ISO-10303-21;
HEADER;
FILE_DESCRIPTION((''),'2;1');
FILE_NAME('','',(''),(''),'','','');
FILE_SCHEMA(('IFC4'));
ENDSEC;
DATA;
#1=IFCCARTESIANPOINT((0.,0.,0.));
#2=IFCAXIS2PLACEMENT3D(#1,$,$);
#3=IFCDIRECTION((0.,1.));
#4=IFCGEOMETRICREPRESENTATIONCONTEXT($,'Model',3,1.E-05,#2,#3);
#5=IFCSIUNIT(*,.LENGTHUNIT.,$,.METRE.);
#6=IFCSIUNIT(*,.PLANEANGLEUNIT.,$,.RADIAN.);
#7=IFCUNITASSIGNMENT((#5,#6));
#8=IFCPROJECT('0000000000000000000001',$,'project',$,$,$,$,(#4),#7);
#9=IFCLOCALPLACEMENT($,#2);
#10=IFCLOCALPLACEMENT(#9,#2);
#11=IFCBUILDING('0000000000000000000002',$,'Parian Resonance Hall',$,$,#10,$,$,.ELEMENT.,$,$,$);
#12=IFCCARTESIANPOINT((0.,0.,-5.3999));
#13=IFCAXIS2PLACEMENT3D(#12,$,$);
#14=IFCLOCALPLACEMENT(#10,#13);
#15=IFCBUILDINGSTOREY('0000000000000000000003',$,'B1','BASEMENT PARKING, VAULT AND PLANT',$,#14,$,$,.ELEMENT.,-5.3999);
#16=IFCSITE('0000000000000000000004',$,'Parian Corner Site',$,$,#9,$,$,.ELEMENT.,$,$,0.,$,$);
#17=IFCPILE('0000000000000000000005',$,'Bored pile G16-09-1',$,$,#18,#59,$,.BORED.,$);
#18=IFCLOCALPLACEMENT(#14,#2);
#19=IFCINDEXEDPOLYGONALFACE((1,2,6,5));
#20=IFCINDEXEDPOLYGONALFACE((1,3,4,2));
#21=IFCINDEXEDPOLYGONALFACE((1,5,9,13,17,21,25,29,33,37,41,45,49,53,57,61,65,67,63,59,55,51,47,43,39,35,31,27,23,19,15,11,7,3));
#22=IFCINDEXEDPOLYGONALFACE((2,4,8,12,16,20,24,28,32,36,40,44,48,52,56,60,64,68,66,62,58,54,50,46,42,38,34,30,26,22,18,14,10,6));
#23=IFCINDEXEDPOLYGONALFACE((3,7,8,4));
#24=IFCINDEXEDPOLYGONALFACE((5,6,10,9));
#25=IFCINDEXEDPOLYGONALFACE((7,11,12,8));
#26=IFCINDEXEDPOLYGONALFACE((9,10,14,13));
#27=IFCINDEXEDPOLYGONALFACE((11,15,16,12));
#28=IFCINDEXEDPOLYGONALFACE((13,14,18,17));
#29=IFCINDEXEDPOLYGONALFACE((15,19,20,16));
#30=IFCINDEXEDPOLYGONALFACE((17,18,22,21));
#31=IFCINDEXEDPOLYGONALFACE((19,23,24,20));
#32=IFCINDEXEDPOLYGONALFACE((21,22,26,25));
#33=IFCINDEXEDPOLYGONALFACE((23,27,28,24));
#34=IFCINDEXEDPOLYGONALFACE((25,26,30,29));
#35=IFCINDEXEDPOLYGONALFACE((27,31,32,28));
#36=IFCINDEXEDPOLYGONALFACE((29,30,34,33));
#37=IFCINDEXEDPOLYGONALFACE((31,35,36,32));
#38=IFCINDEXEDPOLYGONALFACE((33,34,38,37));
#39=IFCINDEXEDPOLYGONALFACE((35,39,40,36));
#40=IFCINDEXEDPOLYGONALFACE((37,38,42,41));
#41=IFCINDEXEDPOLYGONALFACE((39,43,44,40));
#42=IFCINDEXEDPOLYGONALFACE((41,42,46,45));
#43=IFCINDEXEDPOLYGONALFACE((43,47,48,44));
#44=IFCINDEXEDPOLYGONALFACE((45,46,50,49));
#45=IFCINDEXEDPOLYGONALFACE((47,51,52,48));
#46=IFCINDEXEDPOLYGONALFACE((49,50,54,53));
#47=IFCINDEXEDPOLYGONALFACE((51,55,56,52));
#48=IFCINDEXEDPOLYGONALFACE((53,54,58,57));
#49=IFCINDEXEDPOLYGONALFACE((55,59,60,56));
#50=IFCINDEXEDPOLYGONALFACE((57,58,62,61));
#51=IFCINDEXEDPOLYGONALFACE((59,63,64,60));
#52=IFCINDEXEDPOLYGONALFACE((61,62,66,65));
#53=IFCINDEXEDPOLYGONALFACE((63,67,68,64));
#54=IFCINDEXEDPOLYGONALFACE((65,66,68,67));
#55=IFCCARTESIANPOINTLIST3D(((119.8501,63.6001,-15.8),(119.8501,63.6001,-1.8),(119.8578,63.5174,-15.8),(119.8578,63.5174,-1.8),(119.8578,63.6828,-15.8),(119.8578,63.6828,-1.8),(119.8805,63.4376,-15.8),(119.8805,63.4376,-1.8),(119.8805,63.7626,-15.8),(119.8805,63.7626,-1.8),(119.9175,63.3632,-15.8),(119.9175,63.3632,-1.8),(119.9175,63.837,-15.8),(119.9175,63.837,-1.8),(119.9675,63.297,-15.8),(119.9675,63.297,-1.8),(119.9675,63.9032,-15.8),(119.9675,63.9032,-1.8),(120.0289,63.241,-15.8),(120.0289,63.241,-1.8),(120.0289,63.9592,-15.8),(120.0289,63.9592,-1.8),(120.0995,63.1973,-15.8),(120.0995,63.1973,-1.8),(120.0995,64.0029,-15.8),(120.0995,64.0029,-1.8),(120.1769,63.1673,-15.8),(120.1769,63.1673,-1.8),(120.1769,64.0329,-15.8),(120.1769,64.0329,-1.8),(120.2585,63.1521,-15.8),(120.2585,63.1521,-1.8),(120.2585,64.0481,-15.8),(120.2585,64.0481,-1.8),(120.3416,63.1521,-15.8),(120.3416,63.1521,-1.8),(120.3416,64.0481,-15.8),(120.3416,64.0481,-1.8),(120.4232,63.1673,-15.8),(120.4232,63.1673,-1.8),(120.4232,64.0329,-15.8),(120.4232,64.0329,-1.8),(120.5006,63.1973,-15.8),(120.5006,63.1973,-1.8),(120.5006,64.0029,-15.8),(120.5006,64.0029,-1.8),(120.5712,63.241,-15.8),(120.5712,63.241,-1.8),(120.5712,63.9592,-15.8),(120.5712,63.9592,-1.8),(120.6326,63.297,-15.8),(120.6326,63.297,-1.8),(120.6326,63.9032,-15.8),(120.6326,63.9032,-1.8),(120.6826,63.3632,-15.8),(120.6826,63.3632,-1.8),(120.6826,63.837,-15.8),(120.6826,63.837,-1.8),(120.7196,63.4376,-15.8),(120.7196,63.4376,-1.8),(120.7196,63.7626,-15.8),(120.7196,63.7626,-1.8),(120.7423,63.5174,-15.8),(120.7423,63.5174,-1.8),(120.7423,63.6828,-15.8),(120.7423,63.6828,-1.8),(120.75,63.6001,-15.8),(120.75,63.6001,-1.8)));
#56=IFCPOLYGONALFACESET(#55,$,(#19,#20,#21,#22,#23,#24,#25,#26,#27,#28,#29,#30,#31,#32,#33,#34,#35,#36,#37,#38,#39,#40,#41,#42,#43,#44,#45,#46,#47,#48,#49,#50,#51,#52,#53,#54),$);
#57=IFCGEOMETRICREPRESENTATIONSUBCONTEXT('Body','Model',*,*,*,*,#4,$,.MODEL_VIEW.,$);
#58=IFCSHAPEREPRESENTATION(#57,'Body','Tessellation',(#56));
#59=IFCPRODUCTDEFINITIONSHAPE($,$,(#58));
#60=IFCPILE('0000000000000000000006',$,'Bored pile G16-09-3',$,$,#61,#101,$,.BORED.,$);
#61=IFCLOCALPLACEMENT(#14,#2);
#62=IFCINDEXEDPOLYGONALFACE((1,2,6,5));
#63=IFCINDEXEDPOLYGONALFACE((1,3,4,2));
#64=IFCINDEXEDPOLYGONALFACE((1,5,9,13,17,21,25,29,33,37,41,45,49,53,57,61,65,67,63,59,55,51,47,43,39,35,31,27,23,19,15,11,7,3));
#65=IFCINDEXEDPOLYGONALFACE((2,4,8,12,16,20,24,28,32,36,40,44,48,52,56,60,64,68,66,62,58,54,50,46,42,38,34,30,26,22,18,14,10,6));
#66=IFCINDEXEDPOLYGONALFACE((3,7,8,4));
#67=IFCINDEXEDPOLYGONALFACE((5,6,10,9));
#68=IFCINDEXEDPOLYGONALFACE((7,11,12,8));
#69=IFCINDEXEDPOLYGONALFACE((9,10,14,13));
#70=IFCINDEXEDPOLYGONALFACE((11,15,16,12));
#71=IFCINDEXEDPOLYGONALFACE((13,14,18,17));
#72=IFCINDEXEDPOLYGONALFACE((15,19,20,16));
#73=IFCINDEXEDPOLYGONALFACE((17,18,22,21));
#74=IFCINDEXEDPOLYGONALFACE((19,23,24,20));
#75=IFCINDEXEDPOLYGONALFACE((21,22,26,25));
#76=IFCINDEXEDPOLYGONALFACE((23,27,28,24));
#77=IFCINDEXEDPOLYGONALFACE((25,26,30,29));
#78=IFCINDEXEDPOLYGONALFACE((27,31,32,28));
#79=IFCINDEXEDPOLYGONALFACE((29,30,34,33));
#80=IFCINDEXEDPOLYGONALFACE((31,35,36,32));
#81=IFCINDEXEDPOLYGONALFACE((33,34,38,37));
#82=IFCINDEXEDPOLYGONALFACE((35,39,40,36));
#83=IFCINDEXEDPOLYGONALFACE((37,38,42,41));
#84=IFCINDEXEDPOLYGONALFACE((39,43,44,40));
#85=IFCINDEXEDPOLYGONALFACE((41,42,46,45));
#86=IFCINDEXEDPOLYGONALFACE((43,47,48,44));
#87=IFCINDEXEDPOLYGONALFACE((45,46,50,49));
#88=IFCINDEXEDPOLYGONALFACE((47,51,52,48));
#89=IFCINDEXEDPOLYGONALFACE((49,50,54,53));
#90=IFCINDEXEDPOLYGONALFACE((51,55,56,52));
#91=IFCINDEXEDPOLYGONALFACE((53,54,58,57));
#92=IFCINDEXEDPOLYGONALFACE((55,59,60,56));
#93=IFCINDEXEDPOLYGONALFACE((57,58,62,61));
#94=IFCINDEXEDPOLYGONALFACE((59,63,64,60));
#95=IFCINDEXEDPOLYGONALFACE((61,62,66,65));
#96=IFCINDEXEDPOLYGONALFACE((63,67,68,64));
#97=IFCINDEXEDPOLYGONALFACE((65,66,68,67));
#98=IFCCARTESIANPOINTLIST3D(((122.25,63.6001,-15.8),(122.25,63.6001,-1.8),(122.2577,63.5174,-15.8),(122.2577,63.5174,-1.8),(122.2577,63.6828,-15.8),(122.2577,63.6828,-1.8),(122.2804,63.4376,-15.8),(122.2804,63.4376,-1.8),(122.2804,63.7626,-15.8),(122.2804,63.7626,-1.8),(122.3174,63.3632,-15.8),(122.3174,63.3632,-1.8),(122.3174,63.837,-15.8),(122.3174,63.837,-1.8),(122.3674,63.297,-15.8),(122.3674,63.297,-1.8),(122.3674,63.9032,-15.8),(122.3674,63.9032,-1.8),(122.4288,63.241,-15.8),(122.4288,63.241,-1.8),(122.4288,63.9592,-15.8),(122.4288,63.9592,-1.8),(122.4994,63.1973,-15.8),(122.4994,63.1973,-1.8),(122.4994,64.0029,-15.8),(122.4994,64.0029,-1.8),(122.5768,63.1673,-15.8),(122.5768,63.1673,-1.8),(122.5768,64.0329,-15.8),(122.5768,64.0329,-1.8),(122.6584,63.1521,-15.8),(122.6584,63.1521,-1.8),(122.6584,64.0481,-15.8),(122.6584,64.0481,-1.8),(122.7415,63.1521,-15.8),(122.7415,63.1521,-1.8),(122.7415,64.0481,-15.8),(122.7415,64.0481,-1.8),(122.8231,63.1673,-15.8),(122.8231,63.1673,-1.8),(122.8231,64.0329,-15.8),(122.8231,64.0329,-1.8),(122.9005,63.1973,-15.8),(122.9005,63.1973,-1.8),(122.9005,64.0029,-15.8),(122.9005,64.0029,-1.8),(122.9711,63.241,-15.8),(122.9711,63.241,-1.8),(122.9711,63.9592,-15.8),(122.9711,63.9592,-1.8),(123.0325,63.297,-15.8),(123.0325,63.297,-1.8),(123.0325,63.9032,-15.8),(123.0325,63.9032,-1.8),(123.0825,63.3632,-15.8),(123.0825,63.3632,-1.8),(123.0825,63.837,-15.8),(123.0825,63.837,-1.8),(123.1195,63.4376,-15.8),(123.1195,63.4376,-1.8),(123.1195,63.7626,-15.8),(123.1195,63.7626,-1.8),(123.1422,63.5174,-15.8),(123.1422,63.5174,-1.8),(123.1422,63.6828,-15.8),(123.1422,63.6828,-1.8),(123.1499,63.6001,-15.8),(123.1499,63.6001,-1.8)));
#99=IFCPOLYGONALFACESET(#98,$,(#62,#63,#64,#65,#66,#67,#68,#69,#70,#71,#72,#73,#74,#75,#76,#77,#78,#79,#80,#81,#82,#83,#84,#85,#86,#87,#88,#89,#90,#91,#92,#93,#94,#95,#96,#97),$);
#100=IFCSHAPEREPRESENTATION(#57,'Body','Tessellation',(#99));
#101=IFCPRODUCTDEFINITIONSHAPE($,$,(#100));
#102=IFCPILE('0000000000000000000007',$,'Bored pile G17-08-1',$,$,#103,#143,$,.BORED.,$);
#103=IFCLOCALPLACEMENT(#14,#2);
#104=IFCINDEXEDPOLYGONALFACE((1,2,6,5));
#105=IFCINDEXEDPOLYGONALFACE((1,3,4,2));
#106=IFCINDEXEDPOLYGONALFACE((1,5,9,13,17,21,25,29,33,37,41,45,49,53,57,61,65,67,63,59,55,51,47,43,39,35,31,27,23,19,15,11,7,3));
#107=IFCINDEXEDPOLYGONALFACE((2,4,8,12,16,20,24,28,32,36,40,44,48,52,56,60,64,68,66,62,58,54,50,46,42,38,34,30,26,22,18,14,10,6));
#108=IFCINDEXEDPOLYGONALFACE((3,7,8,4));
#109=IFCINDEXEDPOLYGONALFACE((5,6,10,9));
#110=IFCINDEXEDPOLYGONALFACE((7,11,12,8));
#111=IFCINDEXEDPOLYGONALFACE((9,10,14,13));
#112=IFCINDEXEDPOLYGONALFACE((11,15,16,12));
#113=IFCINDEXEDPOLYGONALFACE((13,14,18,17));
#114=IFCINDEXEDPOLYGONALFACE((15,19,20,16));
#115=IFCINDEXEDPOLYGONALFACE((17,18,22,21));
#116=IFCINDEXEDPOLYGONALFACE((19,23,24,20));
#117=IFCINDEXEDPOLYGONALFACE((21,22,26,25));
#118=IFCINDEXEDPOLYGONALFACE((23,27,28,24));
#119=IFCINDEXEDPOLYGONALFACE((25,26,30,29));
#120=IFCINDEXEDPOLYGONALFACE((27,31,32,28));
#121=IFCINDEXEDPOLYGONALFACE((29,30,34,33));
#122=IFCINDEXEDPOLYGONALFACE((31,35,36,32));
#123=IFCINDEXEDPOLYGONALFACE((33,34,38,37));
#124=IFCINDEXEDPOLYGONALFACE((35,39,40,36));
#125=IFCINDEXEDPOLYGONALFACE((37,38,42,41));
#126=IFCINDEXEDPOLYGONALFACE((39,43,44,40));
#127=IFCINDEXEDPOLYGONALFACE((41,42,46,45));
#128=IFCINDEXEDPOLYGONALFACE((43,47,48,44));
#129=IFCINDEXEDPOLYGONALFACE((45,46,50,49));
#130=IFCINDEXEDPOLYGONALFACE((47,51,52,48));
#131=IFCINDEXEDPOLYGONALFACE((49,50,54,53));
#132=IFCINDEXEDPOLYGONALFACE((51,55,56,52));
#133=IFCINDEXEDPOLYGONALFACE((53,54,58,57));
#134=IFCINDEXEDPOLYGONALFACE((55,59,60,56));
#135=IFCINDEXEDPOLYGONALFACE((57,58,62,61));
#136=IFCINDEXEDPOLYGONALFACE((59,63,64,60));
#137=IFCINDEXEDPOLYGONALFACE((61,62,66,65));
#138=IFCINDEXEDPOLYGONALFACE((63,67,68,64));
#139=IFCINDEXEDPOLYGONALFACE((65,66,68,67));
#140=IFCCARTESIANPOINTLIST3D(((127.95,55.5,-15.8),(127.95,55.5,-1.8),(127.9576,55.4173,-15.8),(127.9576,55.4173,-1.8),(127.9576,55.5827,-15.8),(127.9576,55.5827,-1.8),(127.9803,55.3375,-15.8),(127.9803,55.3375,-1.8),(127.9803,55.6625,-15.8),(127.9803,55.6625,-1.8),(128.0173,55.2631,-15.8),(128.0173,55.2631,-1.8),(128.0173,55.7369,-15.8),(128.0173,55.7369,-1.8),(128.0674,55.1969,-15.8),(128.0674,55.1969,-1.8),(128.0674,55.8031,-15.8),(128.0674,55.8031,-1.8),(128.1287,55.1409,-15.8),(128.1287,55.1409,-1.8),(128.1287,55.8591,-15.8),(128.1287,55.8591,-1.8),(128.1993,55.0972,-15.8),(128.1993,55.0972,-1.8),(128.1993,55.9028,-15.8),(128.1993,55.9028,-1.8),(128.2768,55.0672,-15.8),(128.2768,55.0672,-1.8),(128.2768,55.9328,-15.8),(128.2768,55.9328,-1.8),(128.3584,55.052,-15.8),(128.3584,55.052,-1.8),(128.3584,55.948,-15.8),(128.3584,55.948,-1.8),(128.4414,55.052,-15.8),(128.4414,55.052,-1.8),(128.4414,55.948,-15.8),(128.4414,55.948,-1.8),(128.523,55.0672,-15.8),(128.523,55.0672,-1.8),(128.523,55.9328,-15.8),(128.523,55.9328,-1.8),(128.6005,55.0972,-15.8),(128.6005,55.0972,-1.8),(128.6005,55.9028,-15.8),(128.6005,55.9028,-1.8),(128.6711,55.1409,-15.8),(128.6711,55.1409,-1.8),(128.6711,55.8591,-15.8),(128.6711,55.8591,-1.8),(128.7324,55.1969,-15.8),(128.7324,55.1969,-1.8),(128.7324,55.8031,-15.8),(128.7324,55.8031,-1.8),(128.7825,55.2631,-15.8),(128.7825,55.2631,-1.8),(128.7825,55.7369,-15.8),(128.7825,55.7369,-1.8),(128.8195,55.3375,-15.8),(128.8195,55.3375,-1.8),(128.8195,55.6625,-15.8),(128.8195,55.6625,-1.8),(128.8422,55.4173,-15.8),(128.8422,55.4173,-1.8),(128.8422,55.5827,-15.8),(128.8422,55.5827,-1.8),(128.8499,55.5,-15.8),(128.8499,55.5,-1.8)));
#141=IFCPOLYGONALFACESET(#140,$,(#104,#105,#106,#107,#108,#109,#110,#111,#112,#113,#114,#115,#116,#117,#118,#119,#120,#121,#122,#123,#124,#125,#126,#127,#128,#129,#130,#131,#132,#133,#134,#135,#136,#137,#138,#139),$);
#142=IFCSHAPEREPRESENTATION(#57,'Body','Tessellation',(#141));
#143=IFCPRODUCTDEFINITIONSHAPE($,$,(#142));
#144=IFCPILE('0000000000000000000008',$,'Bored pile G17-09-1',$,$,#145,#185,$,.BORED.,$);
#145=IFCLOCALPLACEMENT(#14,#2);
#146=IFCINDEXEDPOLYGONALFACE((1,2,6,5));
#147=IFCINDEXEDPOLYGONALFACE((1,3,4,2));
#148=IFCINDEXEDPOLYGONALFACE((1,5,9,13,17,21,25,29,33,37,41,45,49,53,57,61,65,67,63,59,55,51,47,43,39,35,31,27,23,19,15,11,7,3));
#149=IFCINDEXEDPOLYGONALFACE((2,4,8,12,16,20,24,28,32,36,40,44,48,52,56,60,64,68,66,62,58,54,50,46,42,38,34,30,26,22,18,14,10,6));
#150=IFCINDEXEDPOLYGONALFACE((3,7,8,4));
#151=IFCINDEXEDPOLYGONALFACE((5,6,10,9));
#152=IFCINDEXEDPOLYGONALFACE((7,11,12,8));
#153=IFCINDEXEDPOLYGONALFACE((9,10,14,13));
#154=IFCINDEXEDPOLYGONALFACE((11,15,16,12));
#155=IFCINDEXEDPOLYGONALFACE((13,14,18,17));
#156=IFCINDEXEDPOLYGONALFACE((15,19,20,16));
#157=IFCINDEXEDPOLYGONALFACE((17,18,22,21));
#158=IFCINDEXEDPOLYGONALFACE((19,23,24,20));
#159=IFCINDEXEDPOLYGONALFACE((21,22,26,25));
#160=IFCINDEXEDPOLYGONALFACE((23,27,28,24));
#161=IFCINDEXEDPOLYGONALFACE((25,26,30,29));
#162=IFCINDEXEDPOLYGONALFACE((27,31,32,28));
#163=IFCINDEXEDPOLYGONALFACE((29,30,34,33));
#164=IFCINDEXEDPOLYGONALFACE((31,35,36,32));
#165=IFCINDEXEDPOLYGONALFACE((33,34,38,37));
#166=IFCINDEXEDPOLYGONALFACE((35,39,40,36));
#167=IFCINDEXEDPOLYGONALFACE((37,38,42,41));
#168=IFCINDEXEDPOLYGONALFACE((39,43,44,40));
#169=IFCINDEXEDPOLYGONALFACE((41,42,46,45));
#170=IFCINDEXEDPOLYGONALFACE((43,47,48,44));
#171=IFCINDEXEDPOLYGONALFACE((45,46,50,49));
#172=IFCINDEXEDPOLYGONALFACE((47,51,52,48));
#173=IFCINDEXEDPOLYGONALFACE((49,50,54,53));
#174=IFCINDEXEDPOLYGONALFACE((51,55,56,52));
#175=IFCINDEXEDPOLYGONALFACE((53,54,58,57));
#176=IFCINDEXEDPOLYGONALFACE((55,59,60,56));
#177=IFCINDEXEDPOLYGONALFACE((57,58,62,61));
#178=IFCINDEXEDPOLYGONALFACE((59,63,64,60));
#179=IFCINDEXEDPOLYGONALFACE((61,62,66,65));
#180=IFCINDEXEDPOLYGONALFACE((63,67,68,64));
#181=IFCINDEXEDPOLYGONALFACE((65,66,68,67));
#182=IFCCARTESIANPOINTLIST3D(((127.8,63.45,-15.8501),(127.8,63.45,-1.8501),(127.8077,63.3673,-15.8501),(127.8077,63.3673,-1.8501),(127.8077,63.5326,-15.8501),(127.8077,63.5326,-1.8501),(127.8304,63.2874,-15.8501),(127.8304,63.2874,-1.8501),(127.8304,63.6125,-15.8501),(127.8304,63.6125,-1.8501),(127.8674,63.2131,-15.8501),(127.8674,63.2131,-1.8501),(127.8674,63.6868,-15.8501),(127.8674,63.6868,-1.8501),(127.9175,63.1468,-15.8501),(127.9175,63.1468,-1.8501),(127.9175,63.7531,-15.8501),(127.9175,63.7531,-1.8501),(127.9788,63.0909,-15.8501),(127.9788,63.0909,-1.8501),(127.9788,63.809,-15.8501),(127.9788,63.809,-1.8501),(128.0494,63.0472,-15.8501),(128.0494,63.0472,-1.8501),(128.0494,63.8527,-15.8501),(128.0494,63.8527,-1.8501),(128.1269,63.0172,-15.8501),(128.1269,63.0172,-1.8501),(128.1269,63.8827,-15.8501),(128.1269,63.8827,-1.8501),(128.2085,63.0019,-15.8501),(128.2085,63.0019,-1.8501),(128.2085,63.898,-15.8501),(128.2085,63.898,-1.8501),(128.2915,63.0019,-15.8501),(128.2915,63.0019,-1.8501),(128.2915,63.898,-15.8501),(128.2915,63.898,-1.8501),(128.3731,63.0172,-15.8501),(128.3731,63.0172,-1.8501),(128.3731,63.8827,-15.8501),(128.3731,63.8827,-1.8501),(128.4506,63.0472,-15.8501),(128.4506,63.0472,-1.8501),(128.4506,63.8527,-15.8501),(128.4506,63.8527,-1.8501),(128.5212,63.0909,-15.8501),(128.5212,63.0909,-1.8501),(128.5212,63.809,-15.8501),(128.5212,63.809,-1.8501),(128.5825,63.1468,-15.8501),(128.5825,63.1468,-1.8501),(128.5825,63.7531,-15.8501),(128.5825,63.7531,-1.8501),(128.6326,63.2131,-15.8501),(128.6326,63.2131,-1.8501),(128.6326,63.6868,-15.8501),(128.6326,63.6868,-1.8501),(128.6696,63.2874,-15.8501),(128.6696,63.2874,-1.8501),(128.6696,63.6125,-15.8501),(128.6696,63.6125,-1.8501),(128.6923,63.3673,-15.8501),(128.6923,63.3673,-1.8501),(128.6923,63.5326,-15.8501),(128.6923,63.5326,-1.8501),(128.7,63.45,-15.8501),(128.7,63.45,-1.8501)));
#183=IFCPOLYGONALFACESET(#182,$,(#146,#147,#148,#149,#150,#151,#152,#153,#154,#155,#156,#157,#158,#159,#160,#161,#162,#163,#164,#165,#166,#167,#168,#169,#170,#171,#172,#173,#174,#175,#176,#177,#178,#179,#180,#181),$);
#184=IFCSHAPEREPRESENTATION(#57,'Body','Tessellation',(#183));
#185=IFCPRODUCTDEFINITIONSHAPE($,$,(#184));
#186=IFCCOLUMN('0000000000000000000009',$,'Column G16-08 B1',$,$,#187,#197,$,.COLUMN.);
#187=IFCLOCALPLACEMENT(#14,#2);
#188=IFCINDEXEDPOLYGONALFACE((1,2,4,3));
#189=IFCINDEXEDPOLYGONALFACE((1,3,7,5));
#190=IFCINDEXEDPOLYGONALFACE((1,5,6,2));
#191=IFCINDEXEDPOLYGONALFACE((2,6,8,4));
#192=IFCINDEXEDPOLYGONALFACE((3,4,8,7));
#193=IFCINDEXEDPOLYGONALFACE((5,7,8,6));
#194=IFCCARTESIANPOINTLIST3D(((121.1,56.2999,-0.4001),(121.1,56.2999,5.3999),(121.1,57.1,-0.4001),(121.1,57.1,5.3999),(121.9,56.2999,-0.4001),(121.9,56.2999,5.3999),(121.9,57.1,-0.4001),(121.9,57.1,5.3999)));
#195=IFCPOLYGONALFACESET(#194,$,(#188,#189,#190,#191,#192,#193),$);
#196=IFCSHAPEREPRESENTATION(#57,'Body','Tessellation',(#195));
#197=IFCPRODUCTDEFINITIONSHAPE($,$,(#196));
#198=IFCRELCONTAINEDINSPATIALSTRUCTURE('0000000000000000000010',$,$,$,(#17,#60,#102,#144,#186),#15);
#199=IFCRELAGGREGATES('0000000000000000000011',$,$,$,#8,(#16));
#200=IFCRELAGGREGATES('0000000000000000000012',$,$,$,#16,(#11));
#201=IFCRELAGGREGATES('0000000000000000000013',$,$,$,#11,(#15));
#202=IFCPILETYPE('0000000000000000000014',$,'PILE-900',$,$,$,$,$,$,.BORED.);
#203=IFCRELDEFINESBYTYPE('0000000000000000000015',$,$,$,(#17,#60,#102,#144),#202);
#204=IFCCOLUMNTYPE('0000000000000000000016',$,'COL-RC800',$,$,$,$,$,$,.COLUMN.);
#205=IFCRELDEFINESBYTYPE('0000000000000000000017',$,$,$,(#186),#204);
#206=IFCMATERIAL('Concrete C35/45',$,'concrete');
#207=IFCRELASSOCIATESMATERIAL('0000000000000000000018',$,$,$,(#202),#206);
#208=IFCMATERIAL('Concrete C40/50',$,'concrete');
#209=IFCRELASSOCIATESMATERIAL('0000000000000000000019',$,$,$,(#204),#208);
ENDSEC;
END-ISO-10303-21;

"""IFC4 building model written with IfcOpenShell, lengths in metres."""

from ifc_helpers import new_model, si_unit, direction, frame, origin, origin_2d, place, context, subcontext, project, spatial, rectangle, circle, extrude, material, material_profile, profile_set, type_object, element, save


model = new_model("IFC4")

# Units and contexts
model_context = context("Model", 3, precision=1e-05, world=origin(), true_north=direction((0.0, 1.0)))
body_context = subcontext(model_context, "Body", "Model", "MODEL_VIEW")
ifc_project = project(units=[si_unit("LENGTHUNIT", "METRE"), si_unit("PLANEANGLEUNIT", "RADIAN")], contexts=[model_context])

# Site, building, storey
site_placement = place(None, origin())
site = spatial("IfcSite", under=ifc_project, at=site_placement, Name="Parian Corner Site", CompositionType="ELEMENT", RefElevation=0.0)
building_placement = place(site_placement, origin())
building = spatial("IfcBuilding", under=site, at=building_placement, Name="Parian Resonance Hall", CompositionType="ELEMENT")
storey_placement = place(building_placement, frame((0.0, 0.0, -5.3999)))
storey = spatial("IfcBuildingStorey", under=building, at=storey_placement, Name="B1", Description="BASEMENT PARKING, VAULT AND PLANT", CompositionType="ELEMENT", Elevation=-5.3999)

# Piles
ifc_material_1 = material(Name="Concrete C35/45", Category="concrete")
ifc_material_profile_1 = material_profile(ifc_material_1, circle(Radius=0.45, at=origin_2d()), Name="PILE-D900")
ifc_profile_set_1 = profile_set([ifc_material_profile_1], Name="Concrete C35/45")
pile_type_1 = type_object("IfcPileType", Name="PILE-900", PredefinedType="BORED", material=ifc_profile_set_1)
for number, where, z_axis, x_axis, name in (
    (1, (120.3, 63.6001, -1.8), (0.0, 0.0, -1.0), (1.0, 0.0, 0.0), "Bored pile G16-09-1"),
    (2, (122.7, 63.6001, -1.8), (0.0, 0.0, -1.0), (1.0, 0.0, 0.0), "Bored pile G16-09-3"),
    (3, (128.3999, 55.5, -1.8), (0.0, 0.0, -1.0), (1.0, 0.0, 0.0), "Bored pile G17-08-1"),
    (4, (128.25, 63.45, -1.8501), (0.0, 0.0, -1.0), (1.0, 0.0, 0.0), "Bored pile G17-09-1"),
):
    element("IfcPile", number, at=place(storey_placement, frame(where, z_axis=z_axis, x_axis=x_axis)), inside=storey, type_object=pile_type_1, Name=name, PredefinedType="BORED", context=body_context, shape_type="SweptSolid", body=[
        extrude(circle(Radius=0.45, at=origin_2d()), origin(), (0.0, 0.0, 1.0), 14.0),
    ])

# Column
ifc_material_2 = material(Name="Concrete C40/50", Category="concrete")
ifc_material_profile_2 = material_profile(ifc_material_2, rectangle(XDim=0.8, YDim=0.8, at=origin_2d()), Name="RC-COL-800x800")
ifc_profile_set_2 = profile_set([ifc_material_profile_2], Name="Concrete C40/50")
column_type = type_object("IfcColumnType", Name="COL-RC800", PredefinedType="COLUMN", material=ifc_profile_set_2)
column_placement = place(storey_placement, frame((121.5, 56.7, -0.4001), z_axis=(0.0, 0.0, 1.0), x_axis=(1.0, 0.0, 0.0)))
element("IfcColumn", 5, at=column_placement, inside=storey, type_object=column_type, Name="Column G16-08 B1", PredefinedType="COLUMN", context=body_context, shape_type="SweptSolid", body=[
    extrude(rectangle(XDim=0.8, YDim=0.8, at=origin_2d()), origin(), (0.0, 0.0, 1.0), 5.8),
])

save(model, "model.ifc")
